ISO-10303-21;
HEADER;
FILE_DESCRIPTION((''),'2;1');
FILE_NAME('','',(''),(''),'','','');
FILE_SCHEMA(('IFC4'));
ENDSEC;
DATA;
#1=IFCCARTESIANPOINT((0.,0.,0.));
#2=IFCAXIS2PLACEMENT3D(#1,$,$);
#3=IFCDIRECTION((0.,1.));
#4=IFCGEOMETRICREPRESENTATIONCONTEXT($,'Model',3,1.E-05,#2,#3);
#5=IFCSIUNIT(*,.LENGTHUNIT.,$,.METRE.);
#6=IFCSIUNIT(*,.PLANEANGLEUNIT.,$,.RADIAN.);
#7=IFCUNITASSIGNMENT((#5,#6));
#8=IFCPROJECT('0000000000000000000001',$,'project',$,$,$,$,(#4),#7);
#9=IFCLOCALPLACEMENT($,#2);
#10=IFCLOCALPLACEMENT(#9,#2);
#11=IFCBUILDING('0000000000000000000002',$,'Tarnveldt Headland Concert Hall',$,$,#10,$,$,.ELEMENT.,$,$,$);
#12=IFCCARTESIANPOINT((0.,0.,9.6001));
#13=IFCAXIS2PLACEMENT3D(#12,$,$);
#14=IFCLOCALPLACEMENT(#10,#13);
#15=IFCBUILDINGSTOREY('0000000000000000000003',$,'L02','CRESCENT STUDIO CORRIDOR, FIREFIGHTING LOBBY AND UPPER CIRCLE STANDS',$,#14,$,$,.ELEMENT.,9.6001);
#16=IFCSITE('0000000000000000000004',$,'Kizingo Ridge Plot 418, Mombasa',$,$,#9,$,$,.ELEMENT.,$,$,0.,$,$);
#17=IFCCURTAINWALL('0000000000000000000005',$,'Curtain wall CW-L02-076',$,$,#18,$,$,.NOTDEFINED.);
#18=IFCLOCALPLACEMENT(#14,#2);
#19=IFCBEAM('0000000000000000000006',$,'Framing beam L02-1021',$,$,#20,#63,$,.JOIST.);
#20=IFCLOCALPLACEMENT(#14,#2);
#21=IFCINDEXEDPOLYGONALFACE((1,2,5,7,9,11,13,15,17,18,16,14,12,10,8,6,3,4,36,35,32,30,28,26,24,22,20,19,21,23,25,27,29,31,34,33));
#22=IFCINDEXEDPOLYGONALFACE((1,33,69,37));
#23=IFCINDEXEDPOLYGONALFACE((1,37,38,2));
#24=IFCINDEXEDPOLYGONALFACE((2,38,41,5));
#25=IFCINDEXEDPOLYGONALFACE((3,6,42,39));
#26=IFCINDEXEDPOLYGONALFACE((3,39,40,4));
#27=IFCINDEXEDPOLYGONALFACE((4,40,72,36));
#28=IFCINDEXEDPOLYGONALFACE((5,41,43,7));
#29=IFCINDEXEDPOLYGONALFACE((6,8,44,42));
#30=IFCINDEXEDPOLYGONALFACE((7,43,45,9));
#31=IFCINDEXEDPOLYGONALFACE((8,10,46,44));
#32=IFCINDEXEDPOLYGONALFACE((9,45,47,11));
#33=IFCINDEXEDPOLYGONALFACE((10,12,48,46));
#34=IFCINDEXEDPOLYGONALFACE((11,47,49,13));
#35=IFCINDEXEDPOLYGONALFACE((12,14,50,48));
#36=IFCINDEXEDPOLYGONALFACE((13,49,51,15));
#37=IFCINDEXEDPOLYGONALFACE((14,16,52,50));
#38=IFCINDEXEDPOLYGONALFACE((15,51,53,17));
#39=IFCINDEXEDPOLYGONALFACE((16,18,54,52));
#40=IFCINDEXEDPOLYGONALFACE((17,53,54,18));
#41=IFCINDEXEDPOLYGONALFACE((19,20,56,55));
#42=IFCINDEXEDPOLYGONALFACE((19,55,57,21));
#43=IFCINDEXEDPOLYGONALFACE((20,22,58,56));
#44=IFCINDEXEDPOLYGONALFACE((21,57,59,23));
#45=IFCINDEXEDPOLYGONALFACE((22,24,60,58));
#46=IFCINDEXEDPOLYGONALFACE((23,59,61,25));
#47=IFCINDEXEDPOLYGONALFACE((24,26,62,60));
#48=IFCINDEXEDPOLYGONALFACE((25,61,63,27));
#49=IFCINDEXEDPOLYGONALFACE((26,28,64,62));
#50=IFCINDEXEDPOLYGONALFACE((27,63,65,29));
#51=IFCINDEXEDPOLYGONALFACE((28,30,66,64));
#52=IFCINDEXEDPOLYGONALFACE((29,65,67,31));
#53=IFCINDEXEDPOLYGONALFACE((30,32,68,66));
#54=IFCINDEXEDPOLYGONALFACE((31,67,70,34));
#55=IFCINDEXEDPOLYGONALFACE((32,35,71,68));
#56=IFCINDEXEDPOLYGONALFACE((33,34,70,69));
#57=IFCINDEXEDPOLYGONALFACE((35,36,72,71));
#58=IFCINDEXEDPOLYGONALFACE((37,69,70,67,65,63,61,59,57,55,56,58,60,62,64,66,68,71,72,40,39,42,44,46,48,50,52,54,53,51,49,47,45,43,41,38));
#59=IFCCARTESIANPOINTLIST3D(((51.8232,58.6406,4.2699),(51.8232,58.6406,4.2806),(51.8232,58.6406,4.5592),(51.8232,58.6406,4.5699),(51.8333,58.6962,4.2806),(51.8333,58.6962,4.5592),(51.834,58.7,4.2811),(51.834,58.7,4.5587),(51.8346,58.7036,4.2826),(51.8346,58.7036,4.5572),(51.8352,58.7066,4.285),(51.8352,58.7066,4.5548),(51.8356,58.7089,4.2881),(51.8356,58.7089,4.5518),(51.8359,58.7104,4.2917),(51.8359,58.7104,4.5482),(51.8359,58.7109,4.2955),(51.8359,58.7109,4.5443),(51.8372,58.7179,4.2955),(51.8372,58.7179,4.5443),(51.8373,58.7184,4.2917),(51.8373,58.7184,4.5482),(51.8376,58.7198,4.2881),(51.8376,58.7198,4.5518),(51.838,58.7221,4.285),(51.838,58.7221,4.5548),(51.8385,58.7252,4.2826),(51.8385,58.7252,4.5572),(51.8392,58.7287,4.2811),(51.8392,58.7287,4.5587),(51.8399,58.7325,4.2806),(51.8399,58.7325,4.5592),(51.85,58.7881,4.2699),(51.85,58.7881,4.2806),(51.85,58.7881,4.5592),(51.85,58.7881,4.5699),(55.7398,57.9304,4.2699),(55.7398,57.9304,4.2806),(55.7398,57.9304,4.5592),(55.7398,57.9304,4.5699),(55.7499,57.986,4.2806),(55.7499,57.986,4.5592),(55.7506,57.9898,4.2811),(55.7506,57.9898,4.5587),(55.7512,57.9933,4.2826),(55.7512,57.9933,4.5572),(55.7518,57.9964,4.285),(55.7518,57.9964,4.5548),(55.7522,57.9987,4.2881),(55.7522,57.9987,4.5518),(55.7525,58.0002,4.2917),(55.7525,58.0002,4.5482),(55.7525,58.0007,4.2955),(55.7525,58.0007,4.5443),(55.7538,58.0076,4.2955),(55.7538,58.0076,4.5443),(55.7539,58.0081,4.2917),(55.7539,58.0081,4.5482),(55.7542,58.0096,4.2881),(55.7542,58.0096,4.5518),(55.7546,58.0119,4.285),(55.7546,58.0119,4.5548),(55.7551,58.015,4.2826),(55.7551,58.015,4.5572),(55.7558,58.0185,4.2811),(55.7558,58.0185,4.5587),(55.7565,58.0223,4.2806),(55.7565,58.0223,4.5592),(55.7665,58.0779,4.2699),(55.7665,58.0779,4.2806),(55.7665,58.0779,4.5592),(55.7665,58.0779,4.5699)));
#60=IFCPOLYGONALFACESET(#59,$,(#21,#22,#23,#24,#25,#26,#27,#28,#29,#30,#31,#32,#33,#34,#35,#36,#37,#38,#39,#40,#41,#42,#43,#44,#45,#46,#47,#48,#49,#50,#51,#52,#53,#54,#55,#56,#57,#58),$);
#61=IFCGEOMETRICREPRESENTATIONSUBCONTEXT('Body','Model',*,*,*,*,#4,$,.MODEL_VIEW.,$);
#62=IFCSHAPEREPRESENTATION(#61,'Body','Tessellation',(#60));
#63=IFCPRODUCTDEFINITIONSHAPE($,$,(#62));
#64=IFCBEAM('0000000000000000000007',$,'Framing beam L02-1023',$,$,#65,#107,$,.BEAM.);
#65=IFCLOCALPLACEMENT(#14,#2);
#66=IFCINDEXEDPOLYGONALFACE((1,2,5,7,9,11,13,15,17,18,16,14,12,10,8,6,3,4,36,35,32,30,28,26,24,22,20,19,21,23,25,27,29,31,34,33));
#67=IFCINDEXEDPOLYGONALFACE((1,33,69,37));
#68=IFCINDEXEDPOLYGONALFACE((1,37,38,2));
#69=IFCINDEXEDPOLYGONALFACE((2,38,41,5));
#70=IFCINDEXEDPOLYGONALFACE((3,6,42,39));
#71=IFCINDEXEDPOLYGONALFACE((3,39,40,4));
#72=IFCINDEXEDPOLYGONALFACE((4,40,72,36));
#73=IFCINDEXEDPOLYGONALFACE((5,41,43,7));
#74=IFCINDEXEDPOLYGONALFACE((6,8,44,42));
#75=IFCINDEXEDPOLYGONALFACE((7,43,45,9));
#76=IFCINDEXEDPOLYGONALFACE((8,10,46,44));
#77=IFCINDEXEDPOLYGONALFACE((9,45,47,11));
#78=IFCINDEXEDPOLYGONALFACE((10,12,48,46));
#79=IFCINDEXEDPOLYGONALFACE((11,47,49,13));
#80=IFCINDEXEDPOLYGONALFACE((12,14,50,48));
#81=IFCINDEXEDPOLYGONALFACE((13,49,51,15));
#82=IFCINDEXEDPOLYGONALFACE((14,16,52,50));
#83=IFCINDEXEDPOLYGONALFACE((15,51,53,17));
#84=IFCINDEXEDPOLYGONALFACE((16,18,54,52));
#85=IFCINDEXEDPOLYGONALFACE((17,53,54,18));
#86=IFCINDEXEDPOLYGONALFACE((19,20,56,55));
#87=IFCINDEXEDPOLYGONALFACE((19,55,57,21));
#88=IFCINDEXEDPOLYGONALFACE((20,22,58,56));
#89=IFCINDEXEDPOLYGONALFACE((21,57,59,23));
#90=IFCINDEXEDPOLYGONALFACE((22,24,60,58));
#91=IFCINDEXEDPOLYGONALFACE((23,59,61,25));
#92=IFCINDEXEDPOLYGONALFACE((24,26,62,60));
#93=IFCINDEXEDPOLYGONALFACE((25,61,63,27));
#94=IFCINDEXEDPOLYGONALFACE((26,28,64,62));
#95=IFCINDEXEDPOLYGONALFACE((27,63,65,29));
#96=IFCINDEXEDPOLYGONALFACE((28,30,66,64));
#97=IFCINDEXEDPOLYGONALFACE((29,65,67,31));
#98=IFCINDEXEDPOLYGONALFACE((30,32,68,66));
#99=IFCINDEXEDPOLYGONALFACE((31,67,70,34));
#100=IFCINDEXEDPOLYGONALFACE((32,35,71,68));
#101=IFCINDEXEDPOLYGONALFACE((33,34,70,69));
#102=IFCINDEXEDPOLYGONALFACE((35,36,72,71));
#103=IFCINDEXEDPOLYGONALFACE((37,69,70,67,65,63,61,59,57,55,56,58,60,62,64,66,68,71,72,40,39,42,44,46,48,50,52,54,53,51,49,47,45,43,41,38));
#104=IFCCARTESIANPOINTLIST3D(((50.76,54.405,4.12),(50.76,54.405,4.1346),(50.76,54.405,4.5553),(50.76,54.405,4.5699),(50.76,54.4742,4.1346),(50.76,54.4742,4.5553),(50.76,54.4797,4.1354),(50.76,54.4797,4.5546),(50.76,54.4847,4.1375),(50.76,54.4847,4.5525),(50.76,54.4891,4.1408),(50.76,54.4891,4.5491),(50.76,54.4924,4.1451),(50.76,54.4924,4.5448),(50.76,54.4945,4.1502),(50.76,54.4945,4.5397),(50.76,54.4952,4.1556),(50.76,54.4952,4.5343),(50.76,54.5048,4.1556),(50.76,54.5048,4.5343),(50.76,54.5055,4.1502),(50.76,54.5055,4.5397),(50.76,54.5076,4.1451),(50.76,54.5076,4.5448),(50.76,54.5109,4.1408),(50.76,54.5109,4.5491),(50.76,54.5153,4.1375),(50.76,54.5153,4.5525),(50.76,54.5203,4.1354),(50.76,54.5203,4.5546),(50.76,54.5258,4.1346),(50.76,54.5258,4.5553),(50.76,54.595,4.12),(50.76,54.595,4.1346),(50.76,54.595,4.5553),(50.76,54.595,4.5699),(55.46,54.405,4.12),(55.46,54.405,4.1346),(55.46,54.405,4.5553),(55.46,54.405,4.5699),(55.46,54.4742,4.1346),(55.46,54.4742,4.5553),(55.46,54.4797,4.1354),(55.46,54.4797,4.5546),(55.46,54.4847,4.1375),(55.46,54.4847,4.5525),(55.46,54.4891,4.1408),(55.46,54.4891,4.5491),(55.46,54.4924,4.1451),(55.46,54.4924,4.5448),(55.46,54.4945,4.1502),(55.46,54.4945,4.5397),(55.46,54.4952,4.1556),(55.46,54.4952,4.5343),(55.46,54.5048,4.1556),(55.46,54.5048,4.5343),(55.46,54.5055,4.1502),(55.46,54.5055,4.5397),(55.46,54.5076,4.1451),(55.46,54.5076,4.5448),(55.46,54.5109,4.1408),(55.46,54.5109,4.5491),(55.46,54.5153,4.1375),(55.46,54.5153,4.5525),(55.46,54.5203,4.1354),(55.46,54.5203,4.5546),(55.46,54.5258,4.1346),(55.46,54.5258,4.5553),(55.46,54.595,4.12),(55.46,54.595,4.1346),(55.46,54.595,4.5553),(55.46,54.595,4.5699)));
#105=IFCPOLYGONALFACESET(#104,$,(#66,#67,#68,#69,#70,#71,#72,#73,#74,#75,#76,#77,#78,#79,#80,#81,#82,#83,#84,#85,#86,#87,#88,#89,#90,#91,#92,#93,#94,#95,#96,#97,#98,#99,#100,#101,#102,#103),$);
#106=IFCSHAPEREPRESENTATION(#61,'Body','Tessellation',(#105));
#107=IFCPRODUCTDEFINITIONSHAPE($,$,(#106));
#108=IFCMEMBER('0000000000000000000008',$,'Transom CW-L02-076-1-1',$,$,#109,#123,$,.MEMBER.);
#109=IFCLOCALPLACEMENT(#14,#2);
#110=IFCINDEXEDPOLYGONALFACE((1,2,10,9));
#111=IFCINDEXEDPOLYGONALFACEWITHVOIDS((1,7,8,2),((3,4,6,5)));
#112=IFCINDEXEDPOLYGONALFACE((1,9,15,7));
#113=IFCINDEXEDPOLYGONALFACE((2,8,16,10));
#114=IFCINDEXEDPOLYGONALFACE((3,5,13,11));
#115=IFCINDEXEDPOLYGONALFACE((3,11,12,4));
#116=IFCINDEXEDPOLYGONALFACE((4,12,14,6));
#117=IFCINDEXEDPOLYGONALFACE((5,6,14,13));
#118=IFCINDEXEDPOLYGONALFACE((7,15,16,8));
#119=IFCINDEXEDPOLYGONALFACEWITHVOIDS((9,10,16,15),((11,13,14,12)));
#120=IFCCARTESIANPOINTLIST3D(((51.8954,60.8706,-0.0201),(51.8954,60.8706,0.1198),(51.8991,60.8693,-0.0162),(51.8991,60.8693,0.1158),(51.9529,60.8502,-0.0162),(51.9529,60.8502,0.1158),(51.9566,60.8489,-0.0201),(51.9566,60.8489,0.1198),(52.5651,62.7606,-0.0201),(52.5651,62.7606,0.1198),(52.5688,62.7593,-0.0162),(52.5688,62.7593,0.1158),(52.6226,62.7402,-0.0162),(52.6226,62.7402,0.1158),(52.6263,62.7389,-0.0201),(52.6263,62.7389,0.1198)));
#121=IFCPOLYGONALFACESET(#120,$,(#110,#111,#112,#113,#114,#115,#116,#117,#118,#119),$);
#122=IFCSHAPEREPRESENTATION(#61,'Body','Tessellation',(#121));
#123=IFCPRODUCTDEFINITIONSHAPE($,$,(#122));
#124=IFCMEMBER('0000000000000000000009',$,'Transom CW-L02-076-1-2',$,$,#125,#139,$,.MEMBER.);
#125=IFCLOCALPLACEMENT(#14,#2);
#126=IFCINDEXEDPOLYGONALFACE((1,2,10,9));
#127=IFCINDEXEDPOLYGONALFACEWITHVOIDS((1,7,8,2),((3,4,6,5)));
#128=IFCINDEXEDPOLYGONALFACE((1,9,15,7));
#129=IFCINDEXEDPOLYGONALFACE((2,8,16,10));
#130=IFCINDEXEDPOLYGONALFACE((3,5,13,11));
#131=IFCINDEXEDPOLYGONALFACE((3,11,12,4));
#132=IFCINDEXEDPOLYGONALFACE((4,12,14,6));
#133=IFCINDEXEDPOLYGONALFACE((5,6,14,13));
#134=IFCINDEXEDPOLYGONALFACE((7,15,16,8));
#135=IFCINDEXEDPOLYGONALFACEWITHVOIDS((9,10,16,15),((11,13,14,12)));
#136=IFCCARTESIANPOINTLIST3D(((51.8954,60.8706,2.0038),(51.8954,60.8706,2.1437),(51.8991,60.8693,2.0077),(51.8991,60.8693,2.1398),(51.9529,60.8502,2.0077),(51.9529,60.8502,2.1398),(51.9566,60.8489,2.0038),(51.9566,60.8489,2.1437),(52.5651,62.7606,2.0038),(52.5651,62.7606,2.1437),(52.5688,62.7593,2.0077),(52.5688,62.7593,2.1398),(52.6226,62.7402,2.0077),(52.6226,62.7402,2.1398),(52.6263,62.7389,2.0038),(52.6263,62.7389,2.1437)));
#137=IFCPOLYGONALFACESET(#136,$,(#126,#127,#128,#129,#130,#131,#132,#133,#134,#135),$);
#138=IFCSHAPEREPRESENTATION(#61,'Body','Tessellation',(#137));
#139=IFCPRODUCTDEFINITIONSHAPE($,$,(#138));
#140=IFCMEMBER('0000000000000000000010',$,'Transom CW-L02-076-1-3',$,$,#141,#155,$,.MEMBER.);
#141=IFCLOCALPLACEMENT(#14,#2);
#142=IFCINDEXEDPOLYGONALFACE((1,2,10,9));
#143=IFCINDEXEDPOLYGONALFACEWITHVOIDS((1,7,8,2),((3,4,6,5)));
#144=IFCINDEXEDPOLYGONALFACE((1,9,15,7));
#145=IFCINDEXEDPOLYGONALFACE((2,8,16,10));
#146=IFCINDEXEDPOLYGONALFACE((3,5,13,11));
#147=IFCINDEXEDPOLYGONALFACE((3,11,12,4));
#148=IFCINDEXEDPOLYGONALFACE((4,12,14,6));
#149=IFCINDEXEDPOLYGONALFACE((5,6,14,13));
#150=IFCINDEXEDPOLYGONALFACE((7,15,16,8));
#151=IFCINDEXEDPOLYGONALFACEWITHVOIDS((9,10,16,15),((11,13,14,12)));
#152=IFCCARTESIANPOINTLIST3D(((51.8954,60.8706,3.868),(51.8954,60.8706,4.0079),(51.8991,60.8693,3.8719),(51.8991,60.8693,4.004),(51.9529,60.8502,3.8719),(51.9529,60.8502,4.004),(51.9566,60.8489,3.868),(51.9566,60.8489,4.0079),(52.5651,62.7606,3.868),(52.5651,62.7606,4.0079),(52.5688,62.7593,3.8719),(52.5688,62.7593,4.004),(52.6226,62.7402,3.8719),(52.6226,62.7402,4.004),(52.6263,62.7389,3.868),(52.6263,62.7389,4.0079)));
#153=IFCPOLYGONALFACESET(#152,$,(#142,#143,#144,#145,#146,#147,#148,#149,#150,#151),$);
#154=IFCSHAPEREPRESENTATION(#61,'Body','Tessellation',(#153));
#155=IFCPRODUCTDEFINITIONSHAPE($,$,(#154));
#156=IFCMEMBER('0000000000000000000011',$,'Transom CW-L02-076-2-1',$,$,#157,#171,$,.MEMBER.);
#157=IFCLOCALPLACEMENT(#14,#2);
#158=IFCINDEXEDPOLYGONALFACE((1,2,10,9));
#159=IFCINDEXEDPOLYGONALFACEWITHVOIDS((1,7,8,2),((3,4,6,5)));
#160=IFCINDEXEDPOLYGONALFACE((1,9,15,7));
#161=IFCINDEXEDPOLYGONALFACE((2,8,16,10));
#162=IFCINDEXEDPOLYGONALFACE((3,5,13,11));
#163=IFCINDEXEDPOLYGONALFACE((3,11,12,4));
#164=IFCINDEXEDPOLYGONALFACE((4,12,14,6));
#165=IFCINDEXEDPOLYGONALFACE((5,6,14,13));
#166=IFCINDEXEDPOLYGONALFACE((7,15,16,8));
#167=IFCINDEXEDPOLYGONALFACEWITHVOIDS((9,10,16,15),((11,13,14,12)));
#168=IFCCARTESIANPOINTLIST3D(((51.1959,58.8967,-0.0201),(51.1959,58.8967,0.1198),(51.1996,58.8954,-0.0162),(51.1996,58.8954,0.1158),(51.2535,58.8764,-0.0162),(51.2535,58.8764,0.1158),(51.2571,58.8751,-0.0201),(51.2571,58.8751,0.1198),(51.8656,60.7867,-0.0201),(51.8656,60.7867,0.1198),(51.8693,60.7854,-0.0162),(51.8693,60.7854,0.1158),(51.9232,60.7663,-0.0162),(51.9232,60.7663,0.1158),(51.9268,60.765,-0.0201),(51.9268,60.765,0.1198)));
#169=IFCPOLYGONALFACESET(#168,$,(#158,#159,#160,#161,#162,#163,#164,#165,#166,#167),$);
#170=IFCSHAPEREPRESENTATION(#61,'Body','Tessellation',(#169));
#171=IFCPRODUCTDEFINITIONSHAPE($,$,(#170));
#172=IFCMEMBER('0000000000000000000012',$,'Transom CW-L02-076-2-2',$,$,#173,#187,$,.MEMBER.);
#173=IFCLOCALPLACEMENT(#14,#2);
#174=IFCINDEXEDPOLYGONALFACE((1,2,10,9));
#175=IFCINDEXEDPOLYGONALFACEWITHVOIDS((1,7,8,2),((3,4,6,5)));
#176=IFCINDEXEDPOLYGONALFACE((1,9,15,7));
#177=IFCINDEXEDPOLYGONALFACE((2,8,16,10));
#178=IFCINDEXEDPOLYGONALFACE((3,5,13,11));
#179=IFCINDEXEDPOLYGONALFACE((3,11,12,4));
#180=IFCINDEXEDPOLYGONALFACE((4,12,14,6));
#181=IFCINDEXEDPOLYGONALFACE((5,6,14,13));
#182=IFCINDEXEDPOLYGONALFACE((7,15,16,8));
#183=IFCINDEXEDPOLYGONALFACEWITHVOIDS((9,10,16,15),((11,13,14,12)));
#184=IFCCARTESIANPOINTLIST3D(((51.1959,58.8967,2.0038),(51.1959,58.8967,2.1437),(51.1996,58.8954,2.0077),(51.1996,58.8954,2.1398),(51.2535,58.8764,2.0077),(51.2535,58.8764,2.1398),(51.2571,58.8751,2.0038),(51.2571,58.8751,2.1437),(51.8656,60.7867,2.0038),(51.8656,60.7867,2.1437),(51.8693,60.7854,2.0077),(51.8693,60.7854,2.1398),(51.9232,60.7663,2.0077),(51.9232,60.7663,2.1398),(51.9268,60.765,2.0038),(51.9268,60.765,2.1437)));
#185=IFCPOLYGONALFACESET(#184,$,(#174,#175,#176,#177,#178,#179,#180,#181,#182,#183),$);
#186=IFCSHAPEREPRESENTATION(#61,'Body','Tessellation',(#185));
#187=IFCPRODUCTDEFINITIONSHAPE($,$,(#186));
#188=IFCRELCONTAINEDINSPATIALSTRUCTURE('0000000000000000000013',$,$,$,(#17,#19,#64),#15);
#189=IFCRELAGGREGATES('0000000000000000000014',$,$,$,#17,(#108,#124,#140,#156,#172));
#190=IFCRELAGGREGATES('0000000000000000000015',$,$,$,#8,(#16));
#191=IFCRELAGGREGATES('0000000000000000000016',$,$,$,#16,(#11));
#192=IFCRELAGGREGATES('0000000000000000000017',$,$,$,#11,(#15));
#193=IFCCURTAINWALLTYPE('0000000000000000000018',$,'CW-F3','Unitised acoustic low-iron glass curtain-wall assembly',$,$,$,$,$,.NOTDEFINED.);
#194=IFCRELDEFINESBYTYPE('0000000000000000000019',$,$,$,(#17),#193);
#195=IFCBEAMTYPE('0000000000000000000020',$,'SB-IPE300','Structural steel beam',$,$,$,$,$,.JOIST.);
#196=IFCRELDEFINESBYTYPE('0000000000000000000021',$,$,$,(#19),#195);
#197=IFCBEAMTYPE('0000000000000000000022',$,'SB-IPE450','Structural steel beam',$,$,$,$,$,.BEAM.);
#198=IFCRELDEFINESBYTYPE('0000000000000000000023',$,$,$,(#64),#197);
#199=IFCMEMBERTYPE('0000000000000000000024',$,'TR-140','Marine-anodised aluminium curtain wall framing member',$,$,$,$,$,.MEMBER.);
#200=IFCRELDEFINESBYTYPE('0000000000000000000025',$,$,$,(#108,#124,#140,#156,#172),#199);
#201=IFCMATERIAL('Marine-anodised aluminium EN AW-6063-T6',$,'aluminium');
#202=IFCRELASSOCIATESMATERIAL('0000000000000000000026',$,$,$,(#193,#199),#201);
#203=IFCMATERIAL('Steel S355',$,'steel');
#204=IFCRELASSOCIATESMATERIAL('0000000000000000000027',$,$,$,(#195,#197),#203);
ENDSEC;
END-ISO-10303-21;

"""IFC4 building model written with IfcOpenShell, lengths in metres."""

from ifc_helpers import new_model, si_unit, direction, frame, origin, origin_2d, place, context, subcontext, project, spatial, hollow_rectangle, i_section, extrude, material, material_profile, profile_set, type_object, element, aggregate, save


model = new_model("IFC4")

# Units and contexts
model_context = context("Model", 3, precision=1e-05, world=origin(), true_north=direction((0.0, 1.0)))
body_context = subcontext(model_context, "Body", "Model", "MODEL_VIEW")
ifc_project = project(units=[si_unit("LENGTHUNIT", "METRE"), si_unit("PLANEANGLEUNIT", "RADIAN")], contexts=[model_context])

# Site, building, storey
site_placement = place(None, origin())
site = spatial("IfcSite", under=ifc_project, at=site_placement, Name="Kizingo Ridge Plot 418, Mombasa", CompositionType="ELEMENT", RefElevation=0.0)
building_placement = place(site_placement, origin())
building = spatial("IfcBuilding", under=site, at=building_placement, Name="Tarnveldt Headland Concert Hall", CompositionType="ELEMENT")
storey_placement = place(building_placement, frame((0.0, 0.0, 9.6001)))
storey = spatial("IfcBuildingStorey", under=building, at=storey_placement, Name="L02", Description="CRESCENT STUDIO CORRIDOR, FIREFIGHTING LOBBY AND UPPER CIRCLE STANDS", CompositionType="ELEMENT", Elevation=9.6001)

# Curtain wall
ifc_material_1 = material(Name="Marine-anodised aluminium EN AW-6063-T6", Category="aluminium")
curtain_wall_type = type_object("IfcCurtainWallType", Name="CW-F3", Description="Unitised acoustic low-iron glass curtain-wall assembly", PredefinedType="NOTDEFINED", material=ifc_material_1)
curtain_wall_1_placement = place(storey_placement, origin())
curtain_wall_1 = element("IfcCurtainWall", 1, at=curtain_wall_1_placement, inside=storey, type_object=curtain_wall_type, Name="Curtain wall CW-L02-076", PredefinedType="NOTDEFINED")

# Beams
ifc_material_2 = material(Name="Steel S355", Category="steel")
ifc_material_profile_1 = material_profile(ifc_material_2, i_section(OverallWidth=0.1499, OverallDepth=0.3, WebThickness=0.0071, FlangeThickness=0.0107, FilletRadius=0.0149, at=origin_2d()), Name="IPE300", Category="steel")
ifc_profile_set_1 = profile_set([ifc_material_profile_1], Name="Steel S355")
beam_type_1 = type_object("IfcBeamType", Name="SB-IPE300", Description="Structural steel beam", PredefinedType="JOIST", material=ifc_profile_set_1)
beam_1_placement = place(storey_placement, frame((55.7532, 58.0042, 4.4199), z_axis=(-0.983953, 0.178427, 0.0), x_axis=(-0.178427, -0.983953, 0.0)))
element("IfcBeam", 2, at=beam_1_placement, inside=storey, type_object=beam_type_1, Name="Framing beam L02-1021", PredefinedType="JOIST", context=body_context, shape_type="SweptSolid", body=[
    extrude(i_section(OverallWidth=0.1499, OverallDepth=0.3, WebThickness=0.0071, FlangeThickness=0.0107, FilletRadius=0.0149, at=origin_2d()), origin(), (0.0, 0.0, 1.0), 3.9805),
])
ifc_material_profile_2 = material_profile(ifc_material_2, i_section(OverallWidth=0.1899, OverallDepth=0.45, WebThickness=0.0095, FlangeThickness=0.0146, FilletRadius=0.021, at=origin_2d()), Name="IPE450", Category="steel")
ifc_profile_set_2 = profile_set([ifc_material_profile_2], Name="Steel S355")
beam_type_2 = type_object("IfcBeamType", Name="SB-IPE450", Description="Structural steel beam", PredefinedType="BEAM", material=ifc_profile_set_2)
beam_2_placement = place(storey_placement, frame((55.46, 54.5, 4.345), z_axis=(-1.0, 0.0, 0.0), x_axis=(0.0, -1.0, 0.0)))
element("IfcBeam", 3, at=beam_2_placement, inside=storey, type_object=beam_type_2, Name="Framing beam L02-1023", PredefinedType="BEAM", context=body_context, shape_type="SweptSolid", body=[
    extrude(i_section(OverallWidth=0.1899, OverallDepth=0.45, WebThickness=0.0095, FlangeThickness=0.0146, FilletRadius=0.021, at=origin_2d()), origin(), (0.0, 0.0, 1.0), 4.7),
])

# Members
ifc_material_profile_3 = material_profile(ifc_material_1, hollow_rectangle(XDim=0.0649, YDim=0.1399, WallThickness=0.0039, at=origin_2d()), Name="ALU TRANSOM 65x140x4", Category="aluminium")
ifc_profile_set_3 = profile_set([ifc_material_profile_3], Name="Marine-anodised aluminium EN AW-6063-T6")
member_type_1 = type_object("IfcMemberType", Name="TR-140", Description="Marine-anodised aluminium curtain wall framing member", PredefinedType="MEMBER", material=ifc_profile_set_3)
member_1_placement = place(storey_placement, frame((52.5957, 62.7498, 0.0498), z_axis=(-0.333998, -0.942574, 0.0), x_axis=(0.942574, -0.333998, 0.0)))
member_1 = element("IfcMember", 4, at=member_1_placement, type_object=member_type_1, Name="Transom CW-L02-076-1-1", PredefinedType="MEMBER", context=body_context, shape_type="SweptSolid", body=[
    extrude(hollow_rectangle(XDim=0.0649, YDim=0.1399, WallThickness=0.0039, at=origin_2d()), origin(), (0.0, 0.0, 1.0), 2.0051),
])
member_2_placement = place(storey_placement, frame((52.5957, 62.7498, 2.0737), z_axis=(-0.333998, -0.942574, 0.0), x_axis=(0.942574, -0.333998, 0.0)))
member_2 = element("IfcMember", 5, at=member_2_placement, type_object=member_type_1, Name="Transom CW-L02-076-1-2", PredefinedType="MEMBER", context=body_context, shape_type="SweptSolid", body=[
    extrude(hollow_rectangle(XDim=0.0649, YDim=0.1399, WallThickness=0.0039, at=origin_2d()), origin(), (0.0, 0.0, 1.0), 2.0051),
])
member_3_placement = place(storey_placement, frame((52.5957, 62.7498, 3.938), z_axis=(-0.333998, -0.942574, 0.0), x_axis=(0.942574, -0.333998, 0.0)))
member_3 = element("IfcMember", 6, at=member_3_placement, type_object=member_type_1, Name="Transom CW-L02-076-1-3", PredefinedType="MEMBER", context=body_context, shape_type="SweptSolid", body=[
    extrude(hollow_rectangle(XDim=0.0649, YDim=0.1399, WallThickness=0.0039, at=origin_2d()), origin(), (0.0, 0.0, 1.0), 2.0051),
])
member_4_placement = place(storey_placement, frame((51.8962, 60.7759, 0.0498), z_axis=(-0.333998, -0.942574, 0.0), x_axis=(0.942574, -0.333998, 0.0)))
member_4 = element("IfcMember", 7, at=member_4_placement, type_object=member_type_1, Name="Transom CW-L02-076-2-1", PredefinedType="MEMBER", context=body_context, shape_type="SweptSolid", body=[
    extrude(hollow_rectangle(XDim=0.0649, YDim=0.1399, WallThickness=0.0039, at=origin_2d()), origin(), (0.0, 0.0, 1.0), 2.0051),
])
member_5_placement = place(storey_placement, frame((51.8962, 60.7759, 2.0737), z_axis=(-0.333998, -0.942574, 0.0), x_axis=(0.942574, -0.333998, 0.0)))
member_5 = element("IfcMember", 8, at=member_5_placement, type_object=member_type_1, Name="Transom CW-L02-076-2-2", PredefinedType="MEMBER", context=body_context, shape_type="SweptSolid", body=[
    extrude(hollow_rectangle(XDim=0.0649, YDim=0.1399, WallThickness=0.0039, at=origin_2d()), origin(), (0.0, 0.0, 1.0), 2.0051),
])

aggregate(curtain_wall_1, [member_1, member_2, member_3, member_4, member_5])

save(model, "model.ifc")
